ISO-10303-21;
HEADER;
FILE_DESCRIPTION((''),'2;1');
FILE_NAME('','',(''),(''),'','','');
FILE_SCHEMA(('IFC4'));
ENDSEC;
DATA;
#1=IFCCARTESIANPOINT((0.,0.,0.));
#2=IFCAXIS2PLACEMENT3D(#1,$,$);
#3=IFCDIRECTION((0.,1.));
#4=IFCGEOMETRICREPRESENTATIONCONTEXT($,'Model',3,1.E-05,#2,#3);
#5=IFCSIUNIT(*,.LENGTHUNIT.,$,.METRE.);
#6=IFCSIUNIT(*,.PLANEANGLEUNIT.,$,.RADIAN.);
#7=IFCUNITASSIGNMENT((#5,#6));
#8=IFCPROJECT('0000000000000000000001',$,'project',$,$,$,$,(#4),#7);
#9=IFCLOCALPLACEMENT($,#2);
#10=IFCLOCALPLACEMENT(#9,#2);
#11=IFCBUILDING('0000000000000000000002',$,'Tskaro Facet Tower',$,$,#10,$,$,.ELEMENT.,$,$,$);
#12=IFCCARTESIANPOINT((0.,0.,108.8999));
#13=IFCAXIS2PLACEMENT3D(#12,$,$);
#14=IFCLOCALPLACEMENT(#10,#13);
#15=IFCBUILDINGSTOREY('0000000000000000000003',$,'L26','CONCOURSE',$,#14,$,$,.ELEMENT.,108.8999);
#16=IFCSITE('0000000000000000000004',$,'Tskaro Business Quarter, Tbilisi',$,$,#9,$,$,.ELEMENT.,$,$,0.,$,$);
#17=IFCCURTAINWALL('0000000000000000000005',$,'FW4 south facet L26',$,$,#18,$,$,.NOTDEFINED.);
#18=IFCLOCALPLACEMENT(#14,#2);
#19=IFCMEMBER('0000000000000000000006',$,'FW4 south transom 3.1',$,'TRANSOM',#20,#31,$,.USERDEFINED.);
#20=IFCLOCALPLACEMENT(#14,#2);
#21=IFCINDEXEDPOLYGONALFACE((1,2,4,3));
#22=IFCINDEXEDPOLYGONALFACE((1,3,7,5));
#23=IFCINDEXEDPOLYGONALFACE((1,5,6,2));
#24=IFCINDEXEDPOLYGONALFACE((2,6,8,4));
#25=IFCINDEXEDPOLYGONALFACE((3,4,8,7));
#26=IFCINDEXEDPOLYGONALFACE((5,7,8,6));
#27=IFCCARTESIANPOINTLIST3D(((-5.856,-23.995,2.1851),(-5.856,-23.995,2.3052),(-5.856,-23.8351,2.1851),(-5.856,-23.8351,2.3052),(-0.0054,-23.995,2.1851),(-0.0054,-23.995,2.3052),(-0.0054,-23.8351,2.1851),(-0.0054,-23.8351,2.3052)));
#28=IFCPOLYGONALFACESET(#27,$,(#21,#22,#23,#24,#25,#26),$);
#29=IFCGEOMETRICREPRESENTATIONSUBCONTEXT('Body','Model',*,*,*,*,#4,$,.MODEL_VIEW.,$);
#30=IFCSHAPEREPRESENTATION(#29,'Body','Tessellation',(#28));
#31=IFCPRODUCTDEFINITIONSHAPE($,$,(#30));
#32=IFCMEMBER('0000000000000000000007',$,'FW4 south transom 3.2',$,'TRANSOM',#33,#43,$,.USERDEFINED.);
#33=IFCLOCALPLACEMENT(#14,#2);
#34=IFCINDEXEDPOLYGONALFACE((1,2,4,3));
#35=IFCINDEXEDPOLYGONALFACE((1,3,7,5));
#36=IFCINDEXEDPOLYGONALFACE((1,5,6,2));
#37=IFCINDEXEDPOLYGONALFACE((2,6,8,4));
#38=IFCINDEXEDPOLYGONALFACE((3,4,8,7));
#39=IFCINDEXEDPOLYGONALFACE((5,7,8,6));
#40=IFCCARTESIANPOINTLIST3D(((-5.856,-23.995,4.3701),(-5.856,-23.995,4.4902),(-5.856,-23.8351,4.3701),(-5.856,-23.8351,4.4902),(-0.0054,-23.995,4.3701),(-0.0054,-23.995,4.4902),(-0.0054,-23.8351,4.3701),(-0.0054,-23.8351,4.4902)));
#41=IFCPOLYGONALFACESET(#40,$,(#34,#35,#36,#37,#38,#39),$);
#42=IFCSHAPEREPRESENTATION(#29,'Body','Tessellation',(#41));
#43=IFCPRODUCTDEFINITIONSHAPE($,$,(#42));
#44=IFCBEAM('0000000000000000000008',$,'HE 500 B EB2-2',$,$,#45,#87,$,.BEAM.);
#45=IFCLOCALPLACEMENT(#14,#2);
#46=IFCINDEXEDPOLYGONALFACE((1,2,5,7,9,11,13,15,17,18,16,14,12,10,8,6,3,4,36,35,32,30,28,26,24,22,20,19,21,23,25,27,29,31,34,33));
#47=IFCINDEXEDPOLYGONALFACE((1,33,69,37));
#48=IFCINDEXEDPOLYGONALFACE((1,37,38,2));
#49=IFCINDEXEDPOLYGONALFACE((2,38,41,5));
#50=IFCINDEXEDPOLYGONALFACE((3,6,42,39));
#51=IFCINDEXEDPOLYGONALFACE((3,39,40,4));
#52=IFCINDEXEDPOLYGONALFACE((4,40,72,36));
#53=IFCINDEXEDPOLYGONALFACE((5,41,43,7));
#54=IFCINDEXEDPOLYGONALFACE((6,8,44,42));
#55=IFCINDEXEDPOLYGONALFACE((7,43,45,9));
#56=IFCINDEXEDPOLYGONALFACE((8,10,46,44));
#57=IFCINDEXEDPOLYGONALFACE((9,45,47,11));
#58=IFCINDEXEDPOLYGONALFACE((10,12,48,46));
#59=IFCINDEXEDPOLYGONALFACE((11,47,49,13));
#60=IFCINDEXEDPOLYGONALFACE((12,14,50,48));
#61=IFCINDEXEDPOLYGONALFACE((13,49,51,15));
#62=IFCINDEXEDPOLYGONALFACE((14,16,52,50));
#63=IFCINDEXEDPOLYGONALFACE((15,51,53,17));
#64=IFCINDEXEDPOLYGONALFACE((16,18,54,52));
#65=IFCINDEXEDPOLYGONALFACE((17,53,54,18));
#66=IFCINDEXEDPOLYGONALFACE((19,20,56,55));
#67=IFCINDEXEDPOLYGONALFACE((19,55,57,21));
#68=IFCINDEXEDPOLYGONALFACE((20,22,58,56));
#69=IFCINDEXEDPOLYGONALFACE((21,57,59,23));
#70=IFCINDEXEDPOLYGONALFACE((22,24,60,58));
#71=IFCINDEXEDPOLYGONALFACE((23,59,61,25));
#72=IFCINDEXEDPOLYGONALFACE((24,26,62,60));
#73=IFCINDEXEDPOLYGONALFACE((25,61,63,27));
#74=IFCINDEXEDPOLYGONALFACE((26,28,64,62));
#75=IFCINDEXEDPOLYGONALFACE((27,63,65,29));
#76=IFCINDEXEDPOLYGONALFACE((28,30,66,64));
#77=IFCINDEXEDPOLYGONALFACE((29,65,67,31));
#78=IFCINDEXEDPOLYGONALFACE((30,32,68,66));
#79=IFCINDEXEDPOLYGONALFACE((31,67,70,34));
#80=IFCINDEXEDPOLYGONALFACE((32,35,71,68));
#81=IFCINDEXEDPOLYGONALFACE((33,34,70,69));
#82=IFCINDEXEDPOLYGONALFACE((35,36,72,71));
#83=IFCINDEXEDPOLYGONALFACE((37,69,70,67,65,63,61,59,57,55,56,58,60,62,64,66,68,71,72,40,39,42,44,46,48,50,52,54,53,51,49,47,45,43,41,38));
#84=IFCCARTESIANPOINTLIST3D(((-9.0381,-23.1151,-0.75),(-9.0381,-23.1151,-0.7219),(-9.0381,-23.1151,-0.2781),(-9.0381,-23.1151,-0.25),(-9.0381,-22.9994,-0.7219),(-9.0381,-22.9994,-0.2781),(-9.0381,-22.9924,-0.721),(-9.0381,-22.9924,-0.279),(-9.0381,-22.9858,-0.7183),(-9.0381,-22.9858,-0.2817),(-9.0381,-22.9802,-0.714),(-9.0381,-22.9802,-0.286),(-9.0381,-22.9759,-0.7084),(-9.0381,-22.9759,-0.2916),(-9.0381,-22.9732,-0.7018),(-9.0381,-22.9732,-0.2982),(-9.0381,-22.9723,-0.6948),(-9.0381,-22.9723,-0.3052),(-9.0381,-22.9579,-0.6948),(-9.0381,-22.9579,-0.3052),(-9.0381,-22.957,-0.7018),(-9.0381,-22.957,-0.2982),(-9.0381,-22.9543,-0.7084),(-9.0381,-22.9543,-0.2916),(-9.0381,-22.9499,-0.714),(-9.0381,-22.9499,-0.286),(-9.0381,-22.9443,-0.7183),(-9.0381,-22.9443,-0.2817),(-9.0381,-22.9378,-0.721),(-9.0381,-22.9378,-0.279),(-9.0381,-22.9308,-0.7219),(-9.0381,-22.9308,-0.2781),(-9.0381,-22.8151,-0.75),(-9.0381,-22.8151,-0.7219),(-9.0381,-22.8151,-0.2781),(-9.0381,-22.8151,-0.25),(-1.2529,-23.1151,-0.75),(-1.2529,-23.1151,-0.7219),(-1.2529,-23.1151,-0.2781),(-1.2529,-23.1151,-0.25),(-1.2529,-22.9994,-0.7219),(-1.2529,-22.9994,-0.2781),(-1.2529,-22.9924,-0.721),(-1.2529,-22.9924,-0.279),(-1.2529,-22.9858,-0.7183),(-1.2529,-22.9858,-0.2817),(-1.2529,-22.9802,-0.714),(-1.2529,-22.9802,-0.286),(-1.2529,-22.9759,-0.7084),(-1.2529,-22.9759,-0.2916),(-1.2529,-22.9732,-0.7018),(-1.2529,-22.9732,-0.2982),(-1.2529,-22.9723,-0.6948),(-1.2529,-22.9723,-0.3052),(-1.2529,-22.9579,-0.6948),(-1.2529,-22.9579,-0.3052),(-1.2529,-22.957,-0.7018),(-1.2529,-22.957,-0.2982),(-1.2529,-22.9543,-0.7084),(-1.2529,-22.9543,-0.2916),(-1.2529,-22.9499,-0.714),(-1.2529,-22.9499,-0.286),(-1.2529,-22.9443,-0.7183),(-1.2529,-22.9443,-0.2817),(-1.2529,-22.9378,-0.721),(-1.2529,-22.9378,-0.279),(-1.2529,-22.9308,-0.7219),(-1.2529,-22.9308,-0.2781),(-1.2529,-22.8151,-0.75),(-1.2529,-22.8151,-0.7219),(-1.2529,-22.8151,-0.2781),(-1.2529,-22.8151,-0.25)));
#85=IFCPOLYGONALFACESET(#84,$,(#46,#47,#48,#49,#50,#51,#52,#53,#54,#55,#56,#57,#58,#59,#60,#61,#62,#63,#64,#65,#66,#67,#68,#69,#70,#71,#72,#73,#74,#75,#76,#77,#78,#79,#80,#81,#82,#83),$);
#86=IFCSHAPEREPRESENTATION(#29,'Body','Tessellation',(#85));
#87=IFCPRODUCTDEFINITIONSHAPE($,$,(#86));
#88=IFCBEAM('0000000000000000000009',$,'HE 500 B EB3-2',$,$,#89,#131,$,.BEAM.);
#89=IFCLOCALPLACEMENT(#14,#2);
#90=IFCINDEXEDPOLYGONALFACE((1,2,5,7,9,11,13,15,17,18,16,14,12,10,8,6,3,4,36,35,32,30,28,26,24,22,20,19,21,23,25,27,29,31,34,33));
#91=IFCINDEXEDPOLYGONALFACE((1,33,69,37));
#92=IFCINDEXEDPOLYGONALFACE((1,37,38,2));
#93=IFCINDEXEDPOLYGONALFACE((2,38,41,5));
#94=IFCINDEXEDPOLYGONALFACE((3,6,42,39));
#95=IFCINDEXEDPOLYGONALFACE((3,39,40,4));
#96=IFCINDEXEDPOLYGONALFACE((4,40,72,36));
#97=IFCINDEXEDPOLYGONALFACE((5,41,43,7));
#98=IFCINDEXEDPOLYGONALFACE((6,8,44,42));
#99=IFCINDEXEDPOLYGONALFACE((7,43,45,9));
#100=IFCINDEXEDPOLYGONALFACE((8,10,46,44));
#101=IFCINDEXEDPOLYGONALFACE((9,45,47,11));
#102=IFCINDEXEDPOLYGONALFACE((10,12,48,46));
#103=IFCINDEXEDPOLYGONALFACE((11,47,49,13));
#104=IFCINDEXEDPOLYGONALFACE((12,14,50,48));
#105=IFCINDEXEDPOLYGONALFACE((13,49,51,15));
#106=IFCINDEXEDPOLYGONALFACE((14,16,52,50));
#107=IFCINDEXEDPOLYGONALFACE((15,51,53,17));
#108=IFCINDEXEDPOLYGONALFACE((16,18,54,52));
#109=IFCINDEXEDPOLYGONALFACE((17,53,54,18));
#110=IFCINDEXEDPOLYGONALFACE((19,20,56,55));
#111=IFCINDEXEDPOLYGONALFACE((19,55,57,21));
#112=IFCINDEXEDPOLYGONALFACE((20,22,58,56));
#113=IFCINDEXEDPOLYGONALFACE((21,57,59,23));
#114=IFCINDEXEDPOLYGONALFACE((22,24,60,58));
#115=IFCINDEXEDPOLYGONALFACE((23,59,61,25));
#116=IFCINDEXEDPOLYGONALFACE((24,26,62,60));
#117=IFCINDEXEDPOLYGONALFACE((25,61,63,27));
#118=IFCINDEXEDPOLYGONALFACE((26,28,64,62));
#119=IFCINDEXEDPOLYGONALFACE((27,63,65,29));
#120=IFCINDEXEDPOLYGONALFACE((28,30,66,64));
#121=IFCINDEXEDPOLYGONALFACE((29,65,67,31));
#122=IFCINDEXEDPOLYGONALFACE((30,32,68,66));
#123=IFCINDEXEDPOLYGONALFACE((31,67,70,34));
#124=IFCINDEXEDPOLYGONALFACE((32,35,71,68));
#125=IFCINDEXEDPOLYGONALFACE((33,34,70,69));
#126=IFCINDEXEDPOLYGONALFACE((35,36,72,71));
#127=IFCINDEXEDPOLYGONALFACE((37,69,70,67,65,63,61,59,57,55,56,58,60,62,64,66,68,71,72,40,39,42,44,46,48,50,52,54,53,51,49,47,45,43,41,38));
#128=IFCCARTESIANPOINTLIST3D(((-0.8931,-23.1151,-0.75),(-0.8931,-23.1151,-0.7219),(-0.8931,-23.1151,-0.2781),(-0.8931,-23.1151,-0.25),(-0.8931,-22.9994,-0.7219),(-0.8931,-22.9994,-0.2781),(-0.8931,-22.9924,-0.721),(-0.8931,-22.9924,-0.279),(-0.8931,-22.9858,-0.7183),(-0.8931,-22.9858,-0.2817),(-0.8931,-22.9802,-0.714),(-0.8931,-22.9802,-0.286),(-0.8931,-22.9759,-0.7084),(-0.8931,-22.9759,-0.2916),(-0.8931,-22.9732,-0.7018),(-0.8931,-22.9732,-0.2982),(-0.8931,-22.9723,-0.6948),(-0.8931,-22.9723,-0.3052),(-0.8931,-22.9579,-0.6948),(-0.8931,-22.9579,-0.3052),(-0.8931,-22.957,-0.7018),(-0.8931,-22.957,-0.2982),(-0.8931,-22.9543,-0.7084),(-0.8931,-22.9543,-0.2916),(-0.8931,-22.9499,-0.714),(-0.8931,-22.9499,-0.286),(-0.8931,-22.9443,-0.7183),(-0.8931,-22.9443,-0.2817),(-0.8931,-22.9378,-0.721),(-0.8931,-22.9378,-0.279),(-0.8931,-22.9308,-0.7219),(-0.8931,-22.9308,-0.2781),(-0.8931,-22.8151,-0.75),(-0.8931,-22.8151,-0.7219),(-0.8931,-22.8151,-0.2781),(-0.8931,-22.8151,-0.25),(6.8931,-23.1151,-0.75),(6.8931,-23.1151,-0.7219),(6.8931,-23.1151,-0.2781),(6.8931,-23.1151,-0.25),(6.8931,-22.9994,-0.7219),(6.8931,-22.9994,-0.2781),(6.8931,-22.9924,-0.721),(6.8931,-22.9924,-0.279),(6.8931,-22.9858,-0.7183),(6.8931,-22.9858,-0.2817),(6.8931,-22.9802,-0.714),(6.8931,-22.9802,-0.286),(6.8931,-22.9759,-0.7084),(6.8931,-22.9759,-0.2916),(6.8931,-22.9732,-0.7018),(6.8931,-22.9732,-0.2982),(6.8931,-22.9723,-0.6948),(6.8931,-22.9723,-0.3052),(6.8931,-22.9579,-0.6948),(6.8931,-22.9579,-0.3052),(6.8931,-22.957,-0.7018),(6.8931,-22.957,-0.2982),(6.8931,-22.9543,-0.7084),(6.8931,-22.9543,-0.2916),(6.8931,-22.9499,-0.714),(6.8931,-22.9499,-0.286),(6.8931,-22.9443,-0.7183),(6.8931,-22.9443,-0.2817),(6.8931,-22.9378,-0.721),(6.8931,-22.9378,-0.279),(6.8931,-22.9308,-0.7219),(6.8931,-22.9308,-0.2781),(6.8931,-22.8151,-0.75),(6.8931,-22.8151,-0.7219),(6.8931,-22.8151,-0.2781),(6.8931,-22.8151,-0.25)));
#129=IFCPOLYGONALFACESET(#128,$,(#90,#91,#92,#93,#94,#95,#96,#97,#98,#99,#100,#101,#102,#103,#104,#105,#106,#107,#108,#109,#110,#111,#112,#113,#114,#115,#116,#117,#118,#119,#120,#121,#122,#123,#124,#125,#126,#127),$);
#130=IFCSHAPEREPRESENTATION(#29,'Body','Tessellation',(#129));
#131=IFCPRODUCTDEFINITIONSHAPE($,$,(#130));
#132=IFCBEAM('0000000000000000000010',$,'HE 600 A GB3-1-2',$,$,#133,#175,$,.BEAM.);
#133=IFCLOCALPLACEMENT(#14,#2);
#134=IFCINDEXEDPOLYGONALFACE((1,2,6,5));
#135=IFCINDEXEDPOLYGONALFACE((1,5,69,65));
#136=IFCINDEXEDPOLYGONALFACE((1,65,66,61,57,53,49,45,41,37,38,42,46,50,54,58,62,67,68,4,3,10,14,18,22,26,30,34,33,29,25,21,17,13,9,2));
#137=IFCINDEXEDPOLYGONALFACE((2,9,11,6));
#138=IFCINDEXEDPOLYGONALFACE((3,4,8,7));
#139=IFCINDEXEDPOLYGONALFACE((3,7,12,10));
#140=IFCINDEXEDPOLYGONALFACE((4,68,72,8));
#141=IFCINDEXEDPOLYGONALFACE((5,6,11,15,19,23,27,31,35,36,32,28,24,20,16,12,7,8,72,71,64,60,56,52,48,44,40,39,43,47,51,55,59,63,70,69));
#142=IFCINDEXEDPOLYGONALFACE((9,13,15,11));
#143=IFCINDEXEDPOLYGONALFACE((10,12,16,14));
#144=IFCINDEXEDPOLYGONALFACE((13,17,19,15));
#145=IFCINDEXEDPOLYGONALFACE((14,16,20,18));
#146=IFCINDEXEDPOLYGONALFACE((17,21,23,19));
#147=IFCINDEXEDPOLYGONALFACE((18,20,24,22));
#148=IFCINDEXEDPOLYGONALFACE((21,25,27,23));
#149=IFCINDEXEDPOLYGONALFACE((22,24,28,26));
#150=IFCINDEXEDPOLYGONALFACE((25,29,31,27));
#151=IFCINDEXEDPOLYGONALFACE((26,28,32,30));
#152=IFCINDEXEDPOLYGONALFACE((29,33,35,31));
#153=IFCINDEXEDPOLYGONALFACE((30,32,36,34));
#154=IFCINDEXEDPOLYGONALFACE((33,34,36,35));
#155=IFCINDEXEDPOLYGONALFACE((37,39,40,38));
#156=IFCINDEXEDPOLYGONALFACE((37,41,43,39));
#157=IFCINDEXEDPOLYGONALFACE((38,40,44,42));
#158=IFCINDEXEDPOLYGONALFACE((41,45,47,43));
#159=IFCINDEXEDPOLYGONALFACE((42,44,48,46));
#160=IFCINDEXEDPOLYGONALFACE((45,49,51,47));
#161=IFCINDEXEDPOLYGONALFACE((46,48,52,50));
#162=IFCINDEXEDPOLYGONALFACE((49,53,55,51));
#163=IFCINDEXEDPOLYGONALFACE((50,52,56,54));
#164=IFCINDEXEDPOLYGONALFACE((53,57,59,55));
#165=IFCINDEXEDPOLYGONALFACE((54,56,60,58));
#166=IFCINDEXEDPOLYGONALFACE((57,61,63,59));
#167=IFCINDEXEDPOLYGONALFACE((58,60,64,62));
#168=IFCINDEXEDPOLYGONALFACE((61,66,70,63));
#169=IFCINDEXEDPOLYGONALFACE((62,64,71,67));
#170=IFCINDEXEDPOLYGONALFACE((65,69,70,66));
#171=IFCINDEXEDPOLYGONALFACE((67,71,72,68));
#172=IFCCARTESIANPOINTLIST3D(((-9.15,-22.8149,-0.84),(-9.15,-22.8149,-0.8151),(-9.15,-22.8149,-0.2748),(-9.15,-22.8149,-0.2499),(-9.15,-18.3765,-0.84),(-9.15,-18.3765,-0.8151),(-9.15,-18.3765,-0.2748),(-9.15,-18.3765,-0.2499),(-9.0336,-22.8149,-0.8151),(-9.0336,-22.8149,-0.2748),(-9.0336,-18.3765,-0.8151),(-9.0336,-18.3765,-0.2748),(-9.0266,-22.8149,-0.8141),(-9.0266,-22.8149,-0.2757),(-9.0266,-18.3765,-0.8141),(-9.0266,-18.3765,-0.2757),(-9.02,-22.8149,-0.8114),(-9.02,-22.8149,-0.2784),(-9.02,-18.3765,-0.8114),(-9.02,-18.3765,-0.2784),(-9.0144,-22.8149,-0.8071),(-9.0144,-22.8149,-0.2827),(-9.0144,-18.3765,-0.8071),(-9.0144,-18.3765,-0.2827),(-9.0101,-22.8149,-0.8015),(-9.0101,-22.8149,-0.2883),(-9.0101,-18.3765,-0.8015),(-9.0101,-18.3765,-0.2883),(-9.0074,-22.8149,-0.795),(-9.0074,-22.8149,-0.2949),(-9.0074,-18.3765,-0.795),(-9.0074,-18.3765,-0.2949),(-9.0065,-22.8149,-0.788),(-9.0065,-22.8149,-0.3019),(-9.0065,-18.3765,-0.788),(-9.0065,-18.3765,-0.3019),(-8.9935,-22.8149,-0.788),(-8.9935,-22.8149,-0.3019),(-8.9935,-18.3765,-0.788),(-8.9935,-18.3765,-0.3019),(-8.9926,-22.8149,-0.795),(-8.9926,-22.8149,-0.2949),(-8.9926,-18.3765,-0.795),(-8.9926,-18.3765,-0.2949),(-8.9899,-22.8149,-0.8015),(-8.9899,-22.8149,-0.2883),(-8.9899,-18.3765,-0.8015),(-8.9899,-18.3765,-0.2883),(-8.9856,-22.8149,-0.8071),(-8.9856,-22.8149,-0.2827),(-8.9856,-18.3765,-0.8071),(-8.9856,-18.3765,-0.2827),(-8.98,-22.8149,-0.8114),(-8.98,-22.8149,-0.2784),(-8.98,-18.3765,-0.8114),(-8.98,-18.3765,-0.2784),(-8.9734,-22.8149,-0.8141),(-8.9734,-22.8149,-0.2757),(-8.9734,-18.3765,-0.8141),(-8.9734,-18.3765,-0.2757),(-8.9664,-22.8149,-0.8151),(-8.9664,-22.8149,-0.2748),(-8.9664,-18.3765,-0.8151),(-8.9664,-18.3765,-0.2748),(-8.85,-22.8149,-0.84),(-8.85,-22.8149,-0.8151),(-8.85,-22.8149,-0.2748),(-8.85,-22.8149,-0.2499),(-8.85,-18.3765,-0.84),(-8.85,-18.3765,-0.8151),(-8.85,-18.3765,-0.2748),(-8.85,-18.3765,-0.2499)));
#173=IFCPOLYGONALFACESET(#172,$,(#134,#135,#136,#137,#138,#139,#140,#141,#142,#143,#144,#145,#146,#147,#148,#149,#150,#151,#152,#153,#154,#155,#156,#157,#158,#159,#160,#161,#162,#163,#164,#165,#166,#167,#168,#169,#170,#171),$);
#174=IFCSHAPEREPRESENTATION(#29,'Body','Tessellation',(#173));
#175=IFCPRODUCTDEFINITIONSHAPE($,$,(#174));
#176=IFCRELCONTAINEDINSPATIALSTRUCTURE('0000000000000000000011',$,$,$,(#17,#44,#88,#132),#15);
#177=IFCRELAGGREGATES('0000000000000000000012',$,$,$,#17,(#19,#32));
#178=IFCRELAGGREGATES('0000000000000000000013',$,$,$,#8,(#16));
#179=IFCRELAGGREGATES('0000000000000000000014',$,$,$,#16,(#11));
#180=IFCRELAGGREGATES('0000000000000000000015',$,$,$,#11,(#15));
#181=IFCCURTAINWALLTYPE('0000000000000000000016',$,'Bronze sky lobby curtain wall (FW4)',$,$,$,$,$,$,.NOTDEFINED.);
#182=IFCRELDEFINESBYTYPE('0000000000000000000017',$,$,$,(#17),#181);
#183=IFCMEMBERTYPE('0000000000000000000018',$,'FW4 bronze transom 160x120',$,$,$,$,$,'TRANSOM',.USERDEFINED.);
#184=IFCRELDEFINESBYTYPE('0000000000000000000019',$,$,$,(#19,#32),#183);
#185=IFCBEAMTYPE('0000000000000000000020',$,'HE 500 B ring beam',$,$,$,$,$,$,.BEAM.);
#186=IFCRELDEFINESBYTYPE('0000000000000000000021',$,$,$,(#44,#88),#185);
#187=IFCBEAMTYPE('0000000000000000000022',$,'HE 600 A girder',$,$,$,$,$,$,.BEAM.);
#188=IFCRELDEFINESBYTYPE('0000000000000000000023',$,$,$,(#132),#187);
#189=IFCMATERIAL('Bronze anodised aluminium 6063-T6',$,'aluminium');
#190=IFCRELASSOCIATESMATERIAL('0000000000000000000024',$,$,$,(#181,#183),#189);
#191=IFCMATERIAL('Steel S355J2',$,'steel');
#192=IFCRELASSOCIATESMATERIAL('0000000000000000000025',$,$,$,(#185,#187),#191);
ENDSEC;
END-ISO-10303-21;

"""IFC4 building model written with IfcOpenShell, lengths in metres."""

from ifc_helpers import new_model, si_unit, direction, frame, origin, origin_2d, place, context, subcontext, project, spatial, rectangle, i_section, extrude, material, material_profile, profile_set, type_object, element, aggregate, save


model = new_model("IFC4")

# Units and contexts
model_context = context("Model", 3, precision=1e-05, world=origin(), true_north=direction((0.0, 1.0)))
body_context = subcontext(model_context, "Body", "Model", "MODEL_VIEW")
ifc_project = project(units=[si_unit("LENGTHUNIT", "METRE"), si_unit("PLANEANGLEUNIT", "RADIAN")], contexts=[model_context])

# Site, building, storey
site_placement = place(None, origin())
site = spatial("IfcSite", under=ifc_project, at=site_placement, Name="Tskaro Business Quarter, Tbilisi", CompositionType="ELEMENT", RefElevation=0.0)
building_placement = place(site_placement, origin())
building = spatial("IfcBuilding", under=site, at=building_placement, Name="Tskaro Facet Tower", CompositionType="ELEMENT")
storey_placement = place(building_placement, frame((0.0, 0.0, 108.8999)))
storey = spatial("IfcBuildingStorey", under=building, at=storey_placement, Name="L26", Description="CONCOURSE", CompositionType="ELEMENT", Elevation=108.8999)

# Curtain wall, members
ifc_material_1 = material(Name="Bronze anodised aluminium 6063-T6", Category="aluminium")
curtain_wall_type = type_object("IfcCurtainWallType", Name="Bronze sky lobby curtain wall (FW4)", PredefinedType="NOTDEFINED", material=ifc_material_1)
curtain_wall_placement = place(storey_placement, origin())
curtain_wall = element("IfcCurtainWall", 1, at=curtain_wall_placement, inside=storey, type_object=curtain_wall_type, Name="FW4 south facet L26", PredefinedType="NOTDEFINED")
ifc_material_profile_1 = material_profile(ifc_material_1, rectangle(XDim=0.1599, YDim=0.1201, at=origin_2d()), Name="Transom 160x120")
ifc_profile_set_1 = profile_set([ifc_material_profile_1], Name="Bronze anodised aluminium 6063-T6")
member_type_1 = type_object("IfcMemberType", Name="FW4 bronze transom 160x120", ElementType="TRANSOM", PredefinedType="USERDEFINED", material=ifc_profile_set_1)
member_1_placement = place(storey_placement, frame((-5.856, -23.915, 2.2451), z_axis=(1.0, 0.0, 0.0), x_axis=(0.0, 1.0, 0.0)))
member_1 = element("IfcMember", 2, at=member_1_placement, type_object=member_type_1, Name="FW4 south transom 3.1", ObjectType="TRANSOM", PredefinedType="USERDEFINED", context=body_context, shape_type="SweptSolid", body=[
    extrude(rectangle(XDim=0.1599, YDim=0.1201, at=origin_2d()), origin(), (0.0, 0.0, 1.0), 5.8506),
])
member_2_placement = place(storey_placement, frame((-5.856, -23.915, 4.4302), z_axis=(1.0, 0.0, 0.0), x_axis=(0.0, 1.0, 0.0)))
member_2 = element("IfcMember", 3, at=member_2_placement, type_object=member_type_1, Name="FW4 south transom 3.2", ObjectType="TRANSOM", PredefinedType="USERDEFINED", context=body_context, shape_type="SweptSolid", body=[
    extrude(rectangle(XDim=0.1599, YDim=0.1201, at=origin_2d()), origin(), (0.0, 0.0, 1.0), 5.8506),
])

# Beams
ifc_material_2 = material(Name="Steel S355J2", Category="steel")
ifc_material_profile_2 = material_profile(ifc_material_2, i_section(OverallWidth=0.3, OverallDepth=0.5, WebThickness=0.0144, FlangeThickness=0.0281, FilletRadius=0.0271, at=origin_2d()), Name="HE 500 B")
ifc_profile_set_2 = profile_set([ifc_material_profile_2], Name="Steel S355J2")
beam_type_1 = type_object("IfcBeamType", Name="HE 500 B ring beam", PredefinedType="BEAM", material=ifc_profile_set_2)
beam_1_placement = place(storey_placement, frame((-9.0381, -22.9651, -0.5), z_axis=(1.0, 0.0, 0.0), x_axis=(0.0, 1.0, 0.0)))
element("IfcBeam", 4, at=beam_1_placement, inside=storey, type_object=beam_type_1, Name="HE 500 B EB2-2", PredefinedType="BEAM", context=body_context, shape_type="SweptSolid", body=[
    extrude(i_section(OverallWidth=0.3, OverallDepth=0.5, WebThickness=0.0144, FlangeThickness=0.0281, FilletRadius=0.0271, at=origin_2d()), origin(), (0.0, 0.0, 1.0), 7.7852),
])
beam_2_placement = place(storey_placement, frame((-0.8931, -22.9651, -0.5), z_axis=(1.0, 0.0, 0.0), x_axis=(0.0, 1.0, 0.0)))
element("IfcBeam", 5, at=beam_2_placement, inside=storey, type_object=beam_type_1, Name="HE 500 B EB3-2", PredefinedType="BEAM", context=body_context, shape_type="SweptSolid", body=[
    extrude(i_section(OverallWidth=0.3, OverallDepth=0.5, WebThickness=0.0144, FlangeThickness=0.0281, FilletRadius=0.0271, at=origin_2d()), origin(), (0.0, 0.0, 1.0), 7.7861),
])
ifc_material_profile_3 = material_profile(ifc_material_2, i_section(OverallWidth=0.3, OverallDepth=0.5901, WebThickness=0.0129, FlangeThickness=0.0249, FilletRadius=0.0271, at=origin_2d()), Name="HE 600 A")
ifc_profile_set_3 = profile_set([ifc_material_profile_3], Name="Steel S355J2")
beam_type_2 = type_object("IfcBeamType", Name="HE 600 A girder", PredefinedType="BEAM", material=ifc_profile_set_3)
beam_3_placement = place(storey_placement, frame((-9.0, -22.8149, -0.5449), z_axis=(0.0, 1.0, 0.0), x_axis=(-1.0, 0.0, 0.0)))
element("IfcBeam", 6, at=beam_3_placement, inside=storey, type_object=beam_type_2, Name="HE 600 A GB3-1-2", PredefinedType="BEAM", context=body_context, shape_type="SweptSolid", body=[
    extrude(i_section(OverallWidth=0.3, OverallDepth=0.5901, WebThickness=0.0129, FlangeThickness=0.0249, FilletRadius=0.0271, at=origin_2d()), origin(), (0.0, 0.0, 1.0), 4.4385),
])

aggregate(curtain_wall, [member_1, member_2])

save(model, "model.ifc")
